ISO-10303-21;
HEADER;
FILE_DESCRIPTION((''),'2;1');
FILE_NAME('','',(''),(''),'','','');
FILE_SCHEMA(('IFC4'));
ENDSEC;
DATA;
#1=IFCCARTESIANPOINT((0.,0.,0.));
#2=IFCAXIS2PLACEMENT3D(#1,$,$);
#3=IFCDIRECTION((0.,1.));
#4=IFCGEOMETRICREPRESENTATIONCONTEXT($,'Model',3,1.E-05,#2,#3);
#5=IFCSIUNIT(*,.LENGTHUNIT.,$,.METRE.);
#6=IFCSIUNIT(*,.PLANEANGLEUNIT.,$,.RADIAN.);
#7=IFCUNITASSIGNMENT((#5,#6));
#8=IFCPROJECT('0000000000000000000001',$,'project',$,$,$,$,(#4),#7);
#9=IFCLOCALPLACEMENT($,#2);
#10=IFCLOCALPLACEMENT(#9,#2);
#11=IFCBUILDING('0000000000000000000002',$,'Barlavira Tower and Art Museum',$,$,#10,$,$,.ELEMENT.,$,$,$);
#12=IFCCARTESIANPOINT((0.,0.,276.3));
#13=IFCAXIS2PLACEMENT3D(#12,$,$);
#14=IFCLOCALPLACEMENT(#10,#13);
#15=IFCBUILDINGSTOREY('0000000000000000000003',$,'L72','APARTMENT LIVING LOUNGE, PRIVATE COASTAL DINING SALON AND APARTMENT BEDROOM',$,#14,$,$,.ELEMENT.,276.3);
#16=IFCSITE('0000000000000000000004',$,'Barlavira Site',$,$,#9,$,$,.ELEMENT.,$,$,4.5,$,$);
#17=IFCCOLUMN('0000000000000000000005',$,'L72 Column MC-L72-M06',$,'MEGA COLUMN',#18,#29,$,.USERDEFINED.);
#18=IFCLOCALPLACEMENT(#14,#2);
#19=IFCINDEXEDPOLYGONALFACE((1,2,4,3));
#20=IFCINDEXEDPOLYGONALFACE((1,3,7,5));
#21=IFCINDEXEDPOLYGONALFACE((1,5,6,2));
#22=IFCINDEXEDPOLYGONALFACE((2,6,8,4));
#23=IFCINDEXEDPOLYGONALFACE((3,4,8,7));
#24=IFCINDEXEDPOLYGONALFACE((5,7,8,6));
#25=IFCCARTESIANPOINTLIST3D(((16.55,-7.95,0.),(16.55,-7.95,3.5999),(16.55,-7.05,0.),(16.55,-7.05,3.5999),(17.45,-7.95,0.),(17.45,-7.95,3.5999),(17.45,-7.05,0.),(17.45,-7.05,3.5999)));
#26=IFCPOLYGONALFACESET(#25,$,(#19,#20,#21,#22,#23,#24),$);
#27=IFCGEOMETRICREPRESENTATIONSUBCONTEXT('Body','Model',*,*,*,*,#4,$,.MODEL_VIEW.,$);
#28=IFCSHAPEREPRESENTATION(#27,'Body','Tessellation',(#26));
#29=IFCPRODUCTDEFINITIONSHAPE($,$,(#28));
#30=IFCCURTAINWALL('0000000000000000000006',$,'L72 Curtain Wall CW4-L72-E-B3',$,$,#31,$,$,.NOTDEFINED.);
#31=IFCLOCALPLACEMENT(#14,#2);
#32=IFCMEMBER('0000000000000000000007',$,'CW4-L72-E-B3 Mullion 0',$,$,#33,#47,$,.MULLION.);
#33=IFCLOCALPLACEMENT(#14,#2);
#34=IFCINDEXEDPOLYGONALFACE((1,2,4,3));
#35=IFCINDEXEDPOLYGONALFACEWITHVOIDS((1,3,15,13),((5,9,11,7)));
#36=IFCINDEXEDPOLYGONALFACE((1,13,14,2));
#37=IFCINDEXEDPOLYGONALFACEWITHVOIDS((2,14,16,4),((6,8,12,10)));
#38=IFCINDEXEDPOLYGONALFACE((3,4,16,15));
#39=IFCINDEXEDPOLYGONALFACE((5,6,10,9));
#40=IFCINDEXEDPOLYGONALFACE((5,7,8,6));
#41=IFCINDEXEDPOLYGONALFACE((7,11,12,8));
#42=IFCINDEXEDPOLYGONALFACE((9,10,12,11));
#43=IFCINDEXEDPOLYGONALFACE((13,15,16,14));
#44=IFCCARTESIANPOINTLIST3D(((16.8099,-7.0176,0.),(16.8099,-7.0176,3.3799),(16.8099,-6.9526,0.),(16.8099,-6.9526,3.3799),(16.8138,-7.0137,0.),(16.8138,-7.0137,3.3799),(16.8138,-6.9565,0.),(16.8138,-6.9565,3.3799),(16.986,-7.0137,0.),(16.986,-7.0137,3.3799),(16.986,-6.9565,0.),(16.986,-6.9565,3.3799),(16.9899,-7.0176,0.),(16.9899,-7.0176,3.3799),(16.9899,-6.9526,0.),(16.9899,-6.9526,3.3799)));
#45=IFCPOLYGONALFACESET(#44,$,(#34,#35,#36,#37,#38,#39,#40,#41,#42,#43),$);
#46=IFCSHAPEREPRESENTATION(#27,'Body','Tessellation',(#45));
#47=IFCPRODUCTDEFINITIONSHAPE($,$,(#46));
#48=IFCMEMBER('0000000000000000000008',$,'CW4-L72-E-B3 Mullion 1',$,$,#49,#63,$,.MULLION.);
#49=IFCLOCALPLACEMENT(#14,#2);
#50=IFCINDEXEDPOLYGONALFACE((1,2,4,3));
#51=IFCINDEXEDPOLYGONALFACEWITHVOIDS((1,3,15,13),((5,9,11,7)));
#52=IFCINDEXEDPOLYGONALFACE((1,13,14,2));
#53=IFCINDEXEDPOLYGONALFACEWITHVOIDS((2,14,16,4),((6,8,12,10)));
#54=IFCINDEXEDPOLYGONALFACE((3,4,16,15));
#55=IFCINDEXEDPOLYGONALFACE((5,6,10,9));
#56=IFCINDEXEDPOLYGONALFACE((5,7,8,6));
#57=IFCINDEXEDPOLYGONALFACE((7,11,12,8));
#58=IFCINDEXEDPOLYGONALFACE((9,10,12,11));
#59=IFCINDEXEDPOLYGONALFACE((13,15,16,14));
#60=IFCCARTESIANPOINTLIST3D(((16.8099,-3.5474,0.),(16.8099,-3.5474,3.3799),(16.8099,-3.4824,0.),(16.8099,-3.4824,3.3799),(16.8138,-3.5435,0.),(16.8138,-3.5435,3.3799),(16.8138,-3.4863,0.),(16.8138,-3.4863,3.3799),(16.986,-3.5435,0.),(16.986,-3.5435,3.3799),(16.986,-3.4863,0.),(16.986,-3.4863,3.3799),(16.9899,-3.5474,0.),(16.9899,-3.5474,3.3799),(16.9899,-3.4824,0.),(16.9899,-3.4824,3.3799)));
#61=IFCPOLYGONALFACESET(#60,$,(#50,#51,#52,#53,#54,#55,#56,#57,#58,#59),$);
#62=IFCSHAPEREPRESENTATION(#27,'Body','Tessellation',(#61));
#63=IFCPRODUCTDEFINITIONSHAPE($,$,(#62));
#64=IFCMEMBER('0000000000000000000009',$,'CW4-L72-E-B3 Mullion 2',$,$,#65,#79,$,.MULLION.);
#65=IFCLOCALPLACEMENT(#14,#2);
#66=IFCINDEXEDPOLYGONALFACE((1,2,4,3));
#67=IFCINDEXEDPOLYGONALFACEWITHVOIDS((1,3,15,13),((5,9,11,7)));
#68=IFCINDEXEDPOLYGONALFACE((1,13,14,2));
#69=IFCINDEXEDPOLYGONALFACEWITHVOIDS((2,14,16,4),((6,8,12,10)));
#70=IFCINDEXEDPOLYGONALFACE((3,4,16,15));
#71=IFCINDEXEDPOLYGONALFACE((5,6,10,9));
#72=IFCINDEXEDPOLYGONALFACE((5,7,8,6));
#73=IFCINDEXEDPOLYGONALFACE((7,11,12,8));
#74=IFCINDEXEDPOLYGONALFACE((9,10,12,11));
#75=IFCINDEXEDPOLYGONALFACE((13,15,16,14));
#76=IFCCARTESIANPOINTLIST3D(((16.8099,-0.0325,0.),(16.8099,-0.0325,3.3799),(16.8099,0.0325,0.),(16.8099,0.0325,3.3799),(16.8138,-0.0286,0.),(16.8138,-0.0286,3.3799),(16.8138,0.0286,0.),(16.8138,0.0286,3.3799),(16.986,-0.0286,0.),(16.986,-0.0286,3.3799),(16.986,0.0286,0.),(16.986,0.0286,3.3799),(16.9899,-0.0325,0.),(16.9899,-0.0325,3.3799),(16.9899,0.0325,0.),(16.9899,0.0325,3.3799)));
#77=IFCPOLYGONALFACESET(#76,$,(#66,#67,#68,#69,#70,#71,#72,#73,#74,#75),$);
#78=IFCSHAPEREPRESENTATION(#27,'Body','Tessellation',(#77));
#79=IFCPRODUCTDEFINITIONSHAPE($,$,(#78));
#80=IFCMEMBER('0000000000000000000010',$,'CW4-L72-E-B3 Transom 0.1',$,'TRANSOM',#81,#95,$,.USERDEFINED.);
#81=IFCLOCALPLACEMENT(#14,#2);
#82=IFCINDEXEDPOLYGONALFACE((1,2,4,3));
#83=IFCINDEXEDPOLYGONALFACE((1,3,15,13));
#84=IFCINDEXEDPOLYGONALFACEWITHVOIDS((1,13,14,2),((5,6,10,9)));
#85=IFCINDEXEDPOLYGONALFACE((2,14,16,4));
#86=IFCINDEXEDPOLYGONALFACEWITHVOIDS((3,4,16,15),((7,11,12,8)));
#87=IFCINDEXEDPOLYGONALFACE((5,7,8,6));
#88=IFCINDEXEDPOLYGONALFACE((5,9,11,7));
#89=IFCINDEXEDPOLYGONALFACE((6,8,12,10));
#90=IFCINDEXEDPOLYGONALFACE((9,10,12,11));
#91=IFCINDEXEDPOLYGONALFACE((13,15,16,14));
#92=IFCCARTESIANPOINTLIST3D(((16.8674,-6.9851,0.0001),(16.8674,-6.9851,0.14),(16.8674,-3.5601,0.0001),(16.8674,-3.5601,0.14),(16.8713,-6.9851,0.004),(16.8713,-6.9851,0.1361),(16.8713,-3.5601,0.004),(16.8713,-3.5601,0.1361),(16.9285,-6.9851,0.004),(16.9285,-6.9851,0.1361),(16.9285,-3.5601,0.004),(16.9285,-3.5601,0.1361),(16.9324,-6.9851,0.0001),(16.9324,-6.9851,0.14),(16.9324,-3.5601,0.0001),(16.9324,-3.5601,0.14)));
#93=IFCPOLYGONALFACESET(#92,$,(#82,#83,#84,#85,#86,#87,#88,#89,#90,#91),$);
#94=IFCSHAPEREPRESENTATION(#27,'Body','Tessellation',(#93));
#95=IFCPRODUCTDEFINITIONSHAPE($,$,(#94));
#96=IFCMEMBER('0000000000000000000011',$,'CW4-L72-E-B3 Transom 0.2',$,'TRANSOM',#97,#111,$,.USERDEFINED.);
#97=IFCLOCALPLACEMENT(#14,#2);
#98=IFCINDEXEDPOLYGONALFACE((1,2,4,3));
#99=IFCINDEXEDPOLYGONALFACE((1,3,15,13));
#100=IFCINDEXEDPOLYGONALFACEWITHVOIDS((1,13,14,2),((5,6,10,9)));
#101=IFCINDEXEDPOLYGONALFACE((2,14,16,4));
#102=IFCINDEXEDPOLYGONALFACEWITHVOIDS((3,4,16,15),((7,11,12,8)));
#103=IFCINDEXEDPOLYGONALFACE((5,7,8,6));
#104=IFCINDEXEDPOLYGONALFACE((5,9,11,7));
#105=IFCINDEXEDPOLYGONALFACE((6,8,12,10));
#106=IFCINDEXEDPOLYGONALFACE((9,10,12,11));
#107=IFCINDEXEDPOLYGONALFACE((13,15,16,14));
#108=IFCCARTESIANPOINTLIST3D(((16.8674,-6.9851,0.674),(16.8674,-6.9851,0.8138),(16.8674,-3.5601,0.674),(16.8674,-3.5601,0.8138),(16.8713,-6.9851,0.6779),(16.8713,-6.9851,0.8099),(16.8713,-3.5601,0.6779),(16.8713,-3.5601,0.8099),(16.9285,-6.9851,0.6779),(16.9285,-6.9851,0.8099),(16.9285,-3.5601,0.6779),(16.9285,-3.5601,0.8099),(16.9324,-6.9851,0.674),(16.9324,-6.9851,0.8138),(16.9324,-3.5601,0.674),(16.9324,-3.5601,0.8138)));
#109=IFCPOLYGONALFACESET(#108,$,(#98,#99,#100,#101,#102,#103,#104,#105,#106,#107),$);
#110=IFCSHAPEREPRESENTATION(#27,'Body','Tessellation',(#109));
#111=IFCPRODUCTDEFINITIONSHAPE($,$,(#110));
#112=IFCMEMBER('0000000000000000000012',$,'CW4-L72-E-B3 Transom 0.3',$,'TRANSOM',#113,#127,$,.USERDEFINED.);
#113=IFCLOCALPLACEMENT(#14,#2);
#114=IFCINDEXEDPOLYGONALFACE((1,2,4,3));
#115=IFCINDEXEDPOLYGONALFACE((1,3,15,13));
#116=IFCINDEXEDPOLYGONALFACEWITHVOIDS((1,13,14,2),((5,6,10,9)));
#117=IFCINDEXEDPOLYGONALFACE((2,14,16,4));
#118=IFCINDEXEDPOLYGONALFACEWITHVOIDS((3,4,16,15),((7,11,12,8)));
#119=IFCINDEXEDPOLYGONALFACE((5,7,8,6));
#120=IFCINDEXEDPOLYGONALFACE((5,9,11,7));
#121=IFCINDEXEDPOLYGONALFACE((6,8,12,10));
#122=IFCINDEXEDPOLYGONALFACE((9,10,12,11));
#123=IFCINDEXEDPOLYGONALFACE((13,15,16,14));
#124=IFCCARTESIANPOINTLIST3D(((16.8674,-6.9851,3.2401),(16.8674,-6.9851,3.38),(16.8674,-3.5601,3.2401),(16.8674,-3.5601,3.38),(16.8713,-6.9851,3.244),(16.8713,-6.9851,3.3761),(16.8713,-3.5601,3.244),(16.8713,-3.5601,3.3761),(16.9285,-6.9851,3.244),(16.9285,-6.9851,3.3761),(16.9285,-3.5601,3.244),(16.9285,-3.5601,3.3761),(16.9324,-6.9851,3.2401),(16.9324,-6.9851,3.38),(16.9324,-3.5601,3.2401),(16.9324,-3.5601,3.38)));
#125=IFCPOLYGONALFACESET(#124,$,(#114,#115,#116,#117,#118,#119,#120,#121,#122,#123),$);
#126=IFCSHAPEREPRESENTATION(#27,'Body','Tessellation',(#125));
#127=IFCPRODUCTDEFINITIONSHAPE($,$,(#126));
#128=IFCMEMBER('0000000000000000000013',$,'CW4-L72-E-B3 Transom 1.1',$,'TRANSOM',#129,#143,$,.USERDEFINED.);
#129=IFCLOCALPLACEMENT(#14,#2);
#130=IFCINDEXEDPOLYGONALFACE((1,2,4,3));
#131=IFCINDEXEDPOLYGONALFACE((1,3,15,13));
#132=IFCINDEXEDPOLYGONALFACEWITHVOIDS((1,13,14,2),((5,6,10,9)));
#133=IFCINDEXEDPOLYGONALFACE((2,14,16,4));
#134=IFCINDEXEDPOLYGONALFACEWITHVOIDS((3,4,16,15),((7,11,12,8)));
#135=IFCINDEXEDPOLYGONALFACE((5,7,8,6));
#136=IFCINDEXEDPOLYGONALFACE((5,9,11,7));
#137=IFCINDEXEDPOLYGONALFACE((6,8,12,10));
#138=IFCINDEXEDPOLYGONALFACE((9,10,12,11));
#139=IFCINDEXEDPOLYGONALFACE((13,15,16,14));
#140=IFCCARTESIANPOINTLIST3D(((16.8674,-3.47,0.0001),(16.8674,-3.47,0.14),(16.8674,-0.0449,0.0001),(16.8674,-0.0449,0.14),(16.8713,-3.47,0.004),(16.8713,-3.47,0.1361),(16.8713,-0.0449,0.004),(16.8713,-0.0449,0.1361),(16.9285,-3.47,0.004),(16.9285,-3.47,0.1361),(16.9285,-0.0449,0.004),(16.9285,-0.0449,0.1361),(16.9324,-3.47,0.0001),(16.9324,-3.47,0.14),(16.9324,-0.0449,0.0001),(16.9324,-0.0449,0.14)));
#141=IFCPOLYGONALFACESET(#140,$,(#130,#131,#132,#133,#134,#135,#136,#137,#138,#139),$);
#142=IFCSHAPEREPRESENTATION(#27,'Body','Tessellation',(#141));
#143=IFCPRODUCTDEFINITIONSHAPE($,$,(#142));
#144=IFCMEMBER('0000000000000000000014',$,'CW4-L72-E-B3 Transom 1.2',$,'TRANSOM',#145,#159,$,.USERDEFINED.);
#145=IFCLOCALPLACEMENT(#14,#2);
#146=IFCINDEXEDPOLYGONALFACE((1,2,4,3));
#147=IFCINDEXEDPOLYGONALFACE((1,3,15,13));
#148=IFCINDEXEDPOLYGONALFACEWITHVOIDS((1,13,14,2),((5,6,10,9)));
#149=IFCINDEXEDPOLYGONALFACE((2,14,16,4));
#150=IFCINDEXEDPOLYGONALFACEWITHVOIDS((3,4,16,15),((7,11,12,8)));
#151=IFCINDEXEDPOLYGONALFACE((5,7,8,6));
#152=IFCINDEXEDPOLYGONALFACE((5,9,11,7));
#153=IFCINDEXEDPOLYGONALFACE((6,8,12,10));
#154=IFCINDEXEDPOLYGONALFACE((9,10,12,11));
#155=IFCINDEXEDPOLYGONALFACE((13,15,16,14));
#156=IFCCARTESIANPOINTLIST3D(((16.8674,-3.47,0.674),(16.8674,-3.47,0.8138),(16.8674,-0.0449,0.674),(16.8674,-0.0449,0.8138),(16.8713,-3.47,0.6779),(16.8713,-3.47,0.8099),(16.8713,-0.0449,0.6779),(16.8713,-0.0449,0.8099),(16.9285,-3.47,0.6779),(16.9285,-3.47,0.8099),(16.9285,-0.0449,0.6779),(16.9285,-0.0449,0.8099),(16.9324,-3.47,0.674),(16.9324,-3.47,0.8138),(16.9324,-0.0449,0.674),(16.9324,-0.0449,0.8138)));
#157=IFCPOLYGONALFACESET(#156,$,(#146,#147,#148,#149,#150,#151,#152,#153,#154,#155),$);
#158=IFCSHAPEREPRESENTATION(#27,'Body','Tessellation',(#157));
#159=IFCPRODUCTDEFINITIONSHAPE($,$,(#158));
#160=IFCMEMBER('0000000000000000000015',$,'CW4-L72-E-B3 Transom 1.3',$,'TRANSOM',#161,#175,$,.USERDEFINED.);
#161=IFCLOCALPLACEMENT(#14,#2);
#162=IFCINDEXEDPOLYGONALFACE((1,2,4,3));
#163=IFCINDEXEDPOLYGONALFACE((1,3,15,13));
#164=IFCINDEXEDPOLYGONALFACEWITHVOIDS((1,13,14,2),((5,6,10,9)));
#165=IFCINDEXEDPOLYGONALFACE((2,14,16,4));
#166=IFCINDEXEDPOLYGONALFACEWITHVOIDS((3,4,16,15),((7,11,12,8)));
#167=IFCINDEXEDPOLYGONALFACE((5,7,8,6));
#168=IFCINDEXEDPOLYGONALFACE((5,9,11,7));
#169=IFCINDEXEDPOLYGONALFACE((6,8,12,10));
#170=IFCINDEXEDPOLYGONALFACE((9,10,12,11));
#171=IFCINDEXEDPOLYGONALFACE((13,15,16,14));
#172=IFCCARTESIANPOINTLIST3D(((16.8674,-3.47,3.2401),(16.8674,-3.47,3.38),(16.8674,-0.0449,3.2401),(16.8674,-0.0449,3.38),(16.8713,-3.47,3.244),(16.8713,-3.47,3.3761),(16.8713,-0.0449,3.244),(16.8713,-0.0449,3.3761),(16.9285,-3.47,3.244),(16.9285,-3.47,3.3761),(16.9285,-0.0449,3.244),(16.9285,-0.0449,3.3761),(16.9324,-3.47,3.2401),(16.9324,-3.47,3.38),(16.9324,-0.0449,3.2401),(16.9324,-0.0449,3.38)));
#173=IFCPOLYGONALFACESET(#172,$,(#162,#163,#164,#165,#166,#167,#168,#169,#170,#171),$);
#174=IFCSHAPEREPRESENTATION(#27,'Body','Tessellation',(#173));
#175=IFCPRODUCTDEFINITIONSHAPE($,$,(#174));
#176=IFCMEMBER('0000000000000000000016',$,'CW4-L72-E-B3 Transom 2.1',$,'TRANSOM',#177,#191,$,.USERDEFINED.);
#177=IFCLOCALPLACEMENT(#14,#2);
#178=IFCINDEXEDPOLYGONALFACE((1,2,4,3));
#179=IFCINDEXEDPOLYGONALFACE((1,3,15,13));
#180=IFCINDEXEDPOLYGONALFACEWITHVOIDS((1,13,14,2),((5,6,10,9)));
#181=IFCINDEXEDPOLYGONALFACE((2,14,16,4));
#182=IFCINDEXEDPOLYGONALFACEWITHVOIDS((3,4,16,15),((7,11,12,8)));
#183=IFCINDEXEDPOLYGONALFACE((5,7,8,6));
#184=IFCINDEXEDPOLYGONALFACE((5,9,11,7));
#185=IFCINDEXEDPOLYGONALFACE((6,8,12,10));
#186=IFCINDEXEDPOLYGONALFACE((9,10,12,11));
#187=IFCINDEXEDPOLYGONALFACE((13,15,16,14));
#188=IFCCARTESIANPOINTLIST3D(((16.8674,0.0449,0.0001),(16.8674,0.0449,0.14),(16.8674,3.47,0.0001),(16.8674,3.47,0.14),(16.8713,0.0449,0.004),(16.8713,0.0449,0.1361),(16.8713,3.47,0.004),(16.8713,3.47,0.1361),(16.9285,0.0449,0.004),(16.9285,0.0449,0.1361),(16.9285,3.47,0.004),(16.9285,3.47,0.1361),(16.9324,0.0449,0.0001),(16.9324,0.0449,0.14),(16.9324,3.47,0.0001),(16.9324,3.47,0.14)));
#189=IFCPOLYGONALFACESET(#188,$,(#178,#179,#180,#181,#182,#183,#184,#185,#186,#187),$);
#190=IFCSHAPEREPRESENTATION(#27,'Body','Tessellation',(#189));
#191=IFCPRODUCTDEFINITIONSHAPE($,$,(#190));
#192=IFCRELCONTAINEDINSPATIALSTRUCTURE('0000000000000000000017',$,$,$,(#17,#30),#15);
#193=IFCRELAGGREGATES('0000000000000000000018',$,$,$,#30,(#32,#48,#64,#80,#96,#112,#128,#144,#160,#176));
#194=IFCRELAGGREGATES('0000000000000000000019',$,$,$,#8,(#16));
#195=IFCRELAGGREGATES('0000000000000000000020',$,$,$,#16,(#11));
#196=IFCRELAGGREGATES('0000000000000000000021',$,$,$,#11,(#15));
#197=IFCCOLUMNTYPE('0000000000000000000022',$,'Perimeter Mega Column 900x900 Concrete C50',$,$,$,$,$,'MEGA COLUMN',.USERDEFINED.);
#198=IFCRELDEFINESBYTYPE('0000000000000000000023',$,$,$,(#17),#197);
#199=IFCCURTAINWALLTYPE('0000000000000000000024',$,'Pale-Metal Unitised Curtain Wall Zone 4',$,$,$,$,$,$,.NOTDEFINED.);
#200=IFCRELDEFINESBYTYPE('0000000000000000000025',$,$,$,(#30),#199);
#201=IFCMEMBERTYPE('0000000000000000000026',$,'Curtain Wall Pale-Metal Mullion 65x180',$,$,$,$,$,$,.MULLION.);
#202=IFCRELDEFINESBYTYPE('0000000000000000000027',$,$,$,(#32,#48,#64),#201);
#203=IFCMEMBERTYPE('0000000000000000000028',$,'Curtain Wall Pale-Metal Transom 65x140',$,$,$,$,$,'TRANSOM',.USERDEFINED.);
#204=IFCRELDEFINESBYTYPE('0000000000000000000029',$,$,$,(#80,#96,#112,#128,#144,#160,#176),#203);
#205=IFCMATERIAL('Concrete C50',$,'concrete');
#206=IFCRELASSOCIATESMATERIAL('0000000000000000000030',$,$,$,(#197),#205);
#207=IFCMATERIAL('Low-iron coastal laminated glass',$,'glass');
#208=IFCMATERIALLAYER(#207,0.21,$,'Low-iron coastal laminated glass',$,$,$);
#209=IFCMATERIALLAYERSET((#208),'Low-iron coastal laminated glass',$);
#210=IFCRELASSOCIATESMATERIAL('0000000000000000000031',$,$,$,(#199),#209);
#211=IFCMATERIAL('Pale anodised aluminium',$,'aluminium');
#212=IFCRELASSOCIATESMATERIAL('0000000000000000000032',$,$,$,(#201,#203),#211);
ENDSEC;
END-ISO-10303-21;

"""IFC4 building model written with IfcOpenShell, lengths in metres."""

from ifc_helpers import new_model, si_unit, direction, frame, origin, origin_2d, place, context, subcontext, project, spatial, rectangle, hollow_rectangle, extrude, material, layer, layer_set, material_profile, profile_set, type_object, element, aggregate, save


model = new_model("IFC4")

# Units and contexts
model_context = context("Model", 3, precision=1e-05, world=origin(), true_north=direction((0.0, 1.0)))
body_context = subcontext(model_context, "Body", "Model", "MODEL_VIEW")
ifc_project = project(units=[si_unit("LENGTHUNIT", "METRE"), si_unit("PLANEANGLEUNIT", "RADIAN")], contexts=[model_context])

# Site, building, storey
site_placement = place(None, origin())
site = spatial("IfcSite", under=ifc_project, at=site_placement, Name="Barlavira Site", CompositionType="ELEMENT", RefElevation=4.5)
building_placement = place(site_placement, origin())
building = spatial("IfcBuilding", under=site, at=building_placement, Name="Barlavira Tower and Art Museum", CompositionType="ELEMENT")
storey_placement = place(building_placement, frame((0.0, 0.0, 276.3)))
storey = spatial("IfcBuildingStorey", under=building, at=storey_placement, Name="L72", Description="APARTMENT LIVING LOUNGE, PRIVATE COASTAL DINING SALON AND APARTMENT BEDROOM", CompositionType="ELEMENT", Elevation=276.3)

# Column
ifc_material_1 = material(Name="Concrete C50", Category="concrete")
ifc_material_profile_1 = material_profile(ifc_material_1, rectangle(XDim=0.8999, YDim=0.8999, at=origin_2d()), Name="RC-COL 900x900")
ifc_profile_set_1 = profile_set([ifc_material_profile_1], Name="Concrete C50")
column_type = type_object("IfcColumnType", Name="Perimeter Mega Column 900x900 Concrete C50", ElementType="MEGA COLUMN", PredefinedType="USERDEFINED", material=ifc_profile_set_1)
column_placement = place(storey_placement, frame((17.0, -7.5, 0.0), z_axis=(0.0, 0.0, 1.0), x_axis=(1.0, 0.0, 0.0)))
element("IfcColumn", 1, at=column_placement, inside=storey, type_object=column_type, Name="L72 Column MC-L72-M06", ObjectType="MEGA COLUMN", PredefinedType="USERDEFINED", context=body_context, shape_type="SweptSolid", body=[
    extrude(rectangle(XDim=0.8999, YDim=0.8999, at=origin_2d()), origin(), (0.0, 0.0, 1.0), 3.5999),
])

# Curtain wall, members
ifc_material_2 = material(Name="Low-iron coastal laminated glass", Category="glass")
ifc_layer_1 = layer(ifc_material_2, 0.21, Name="Low-iron coastal laminated glass")
ifc_layer_set_1 = layer_set([ifc_layer_1], Name="Low-iron coastal laminated glass")
curtain_wall_type = type_object("IfcCurtainWallType", Name="Pale-Metal Unitised Curtain Wall Zone 4", PredefinedType="NOTDEFINED", material=ifc_layer_set_1)
curtain_wall_placement = place(storey_placement, origin())
curtain_wall = element("IfcCurtainWall", 2, at=curtain_wall_placement, inside=storey, type_object=curtain_wall_type, Name="L72 Curtain Wall CW4-L72-E-B3", PredefinedType="NOTDEFINED")
ifc_material_3 = material(Name="Pale anodised aluminium", Category="aluminium")
ifc_material_profile_2 = material_profile(ifc_material_3, hollow_rectangle(XDim=0.0649, YDim=0.1799, WallThickness=0.0039, at=origin_2d()), Name="ALU-MULL 65x180x4")
ifc_profile_set_2 = profile_set([ifc_material_profile_2], Name="Pale anodised aluminium")
member_type_1 = type_object("IfcMemberType", Name="Curtain Wall Pale-Metal Mullion 65x180", PredefinedType="MULLION", material=ifc_profile_set_2)
member_1_placement = place(storey_placement, frame((16.8999, -6.9851, 0.0), z_axis=(0.0, 0.0, 1.0), x_axis=(0.0, 1.0, 0.0)))
member_1 = element("IfcMember", 3, at=member_1_placement, type_object=member_type_1, Name="CW4-L72-E-B3 Mullion 0", PredefinedType="MULLION", context=body_context, shape_type="SweptSolid", body=[
    extrude(hollow_rectangle(XDim=0.0649, YDim=0.1799, WallThickness=0.0039, at=origin_2d()), origin(), (0.0, 0.0, 1.0), 3.3799),
])
member_2_placement = place(storey_placement, frame((16.8999, -3.5149, 0.0), z_axis=(0.0, 0.0, 1.0), x_axis=(0.0, 1.0, 0.0)))
member_2 = element("IfcMember", 4, at=member_2_placement, type_object=member_type_1, Name="CW4-L72-E-B3 Mullion 1", PredefinedType="MULLION", context=body_context, shape_type="SweptSolid", body=[
    extrude(hollow_rectangle(XDim=0.0649, YDim=0.1799, WallThickness=0.0039, at=origin_2d()), origin(), (0.0, 0.0, 1.0), 3.3799),
])
member_3_placement = place(storey_placement, frame((16.8999, 0.0, 0.0), z_axis=(0.0, 0.0, 1.0), x_axis=(0.0, 1.0, 0.0)))
member_3 = element("IfcMember", 5, at=member_3_placement, type_object=member_type_1, Name="CW4-L72-E-B3 Mullion 2", PredefinedType="MULLION", context=body_context, shape_type="SweptSolid", body=[
    extrude(hollow_rectangle(XDim=0.0649, YDim=0.1799, WallThickness=0.0039, at=origin_2d()), origin(), (0.0, 0.0, 1.0), 3.3799),
])
ifc_material_profile_3 = material_profile(ifc_material_3, hollow_rectangle(XDim=0.0649, YDim=0.1399, WallThickness=0.0039, at=origin_2d()), Name="ALU-TRAN 65x140x4")
ifc_profile_set_3 = profile_set([ifc_material_profile_3], Name="Pale anodised aluminium")
member_type_2 = type_object("IfcMemberType", Name="Curtain Wall Pale-Metal Transom 65x140", ElementType="TRANSOM", PredefinedType="USERDEFINED", material=ifc_profile_set_3)
member_4_placement = place(storey_placement, frame((16.8999, -6.9851, 0.0701), z_axis=(0.0, 1.0, 0.0), x_axis=(-1.0, 0.0, 0.0)))
member_4 = element("IfcMember", 6, at=member_4_placement, type_object=member_type_2, Name="CW4-L72-E-B3 Transom 0.1", ObjectType="TRANSOM", PredefinedType="USERDEFINED", context=body_context, shape_type="SweptSolid", body=[
    extrude(hollow_rectangle(XDim=0.0649, YDim=0.1399, WallThickness=0.0039, at=origin_2d()), origin(), (0.0, 0.0, 1.0), 3.425),
])
member_5_placement = place(storey_placement, frame((16.8999, -6.9851, 0.7439), z_axis=(0.0, 1.0, 0.0), x_axis=(-1.0, 0.0, 0.0)))
member_5 = element("IfcMember", 7, at=member_5_placement, type_object=member_type_2, Name="CW4-L72-E-B3 Transom 0.2", ObjectType="TRANSOM", PredefinedType="USERDEFINED", context=body_context, shape_type="SweptSolid", body=[
    extrude(hollow_rectangle(XDim=0.0649, YDim=0.1399, WallThickness=0.0039, at=origin_2d()), origin(), (0.0, 0.0, 1.0), 3.425),
])
member_6_placement = place(storey_placement, frame((16.8999, -6.9851, 3.3101), z_axis=(0.0, 1.0, 0.0), x_axis=(-1.0, 0.0, 0.0)))
member_6 = element("IfcMember", 8, at=member_6_placement, type_object=member_type_2, Name="CW4-L72-E-B3 Transom 0.3", ObjectType="TRANSOM", PredefinedType="USERDEFINED", context=body_context, shape_type="SweptSolid", body=[
    extrude(hollow_rectangle(XDim=0.0649, YDim=0.1399, WallThickness=0.0039, at=origin_2d()), origin(), (0.0, 0.0, 1.0), 3.425),
])
member_7_placement = place(storey_placement, frame((16.8999, -3.47, 0.0701), z_axis=(0.0, 1.0, 0.0), x_axis=(-1.0, 0.0, 0.0)))
member_7 = element("IfcMember", 9, at=member_7_placement, type_object=member_type_2, Name="CW4-L72-E-B3 Transom 1.1", ObjectType="TRANSOM", PredefinedType="USERDEFINED", context=body_context, shape_type="SweptSolid", body=[
    extrude(hollow_rectangle(XDim=0.0649, YDim=0.1399, WallThickness=0.0039, at=origin_2d()), origin(), (0.0, 0.0, 1.0), 3.425),
])
member_8_placement = place(storey_placement, frame((16.8999, -3.47, 0.7439), z_axis=(0.0, 1.0, 0.0), x_axis=(-1.0, 0.0, 0.0)))
member_8 = element("IfcMember", 10, at=member_8_placement, type_object=member_type_2, Name="CW4-L72-E-B3 Transom 1.2", ObjectType="TRANSOM", PredefinedType="USERDEFINED", context=body_context, shape_type="SweptSolid", body=[
    extrude(hollow_rectangle(XDim=0.0649, YDim=0.1399, WallThickness=0.0039, at=origin_2d()), origin(), (0.0, 0.0, 1.0), 3.425),
])
member_9_placement = place(storey_placement, frame((16.8999, -3.47, 3.3101), z_axis=(0.0, 1.0, 0.0), x_axis=(-1.0, 0.0, 0.0)))
member_9 = element("IfcMember", 11, at=member_9_placement, type_object=member_type_2, Name="CW4-L72-E-B3 Transom 1.3", ObjectType="TRANSOM", PredefinedType="USERDEFINED", context=body_context, shape_type="SweptSolid", body=[
    extrude(hollow_rectangle(XDim=0.0649, YDim=0.1399, WallThickness=0.0039, at=origin_2d()), origin(), (0.0, 0.0, 1.0), 3.425),
])
member_10_placement = place(storey_placement, frame((16.8999, 0.0449, 0.0701), z_axis=(0.0, 1.0, 0.0), x_axis=(-1.0, 0.0, 0.0)))
member_10 = element("IfcMember", 12, at=member_10_placement, type_object=member_type_2, Name="CW4-L72-E-B3 Transom 2.1", ObjectType="TRANSOM", PredefinedType="USERDEFINED", context=body_context, shape_type="SweptSolid", body=[
    extrude(hollow_rectangle(XDim=0.0649, YDim=0.1399, WallThickness=0.0039, at=origin_2d()), origin(), (0.0, 0.0, 1.0), 3.425),
])

aggregate(curtain_wall, [member_1, member_2, member_3, member_4, member_5, member_6, member_7, member_8, member_9, member_10])

save(model, "model.ifc")
